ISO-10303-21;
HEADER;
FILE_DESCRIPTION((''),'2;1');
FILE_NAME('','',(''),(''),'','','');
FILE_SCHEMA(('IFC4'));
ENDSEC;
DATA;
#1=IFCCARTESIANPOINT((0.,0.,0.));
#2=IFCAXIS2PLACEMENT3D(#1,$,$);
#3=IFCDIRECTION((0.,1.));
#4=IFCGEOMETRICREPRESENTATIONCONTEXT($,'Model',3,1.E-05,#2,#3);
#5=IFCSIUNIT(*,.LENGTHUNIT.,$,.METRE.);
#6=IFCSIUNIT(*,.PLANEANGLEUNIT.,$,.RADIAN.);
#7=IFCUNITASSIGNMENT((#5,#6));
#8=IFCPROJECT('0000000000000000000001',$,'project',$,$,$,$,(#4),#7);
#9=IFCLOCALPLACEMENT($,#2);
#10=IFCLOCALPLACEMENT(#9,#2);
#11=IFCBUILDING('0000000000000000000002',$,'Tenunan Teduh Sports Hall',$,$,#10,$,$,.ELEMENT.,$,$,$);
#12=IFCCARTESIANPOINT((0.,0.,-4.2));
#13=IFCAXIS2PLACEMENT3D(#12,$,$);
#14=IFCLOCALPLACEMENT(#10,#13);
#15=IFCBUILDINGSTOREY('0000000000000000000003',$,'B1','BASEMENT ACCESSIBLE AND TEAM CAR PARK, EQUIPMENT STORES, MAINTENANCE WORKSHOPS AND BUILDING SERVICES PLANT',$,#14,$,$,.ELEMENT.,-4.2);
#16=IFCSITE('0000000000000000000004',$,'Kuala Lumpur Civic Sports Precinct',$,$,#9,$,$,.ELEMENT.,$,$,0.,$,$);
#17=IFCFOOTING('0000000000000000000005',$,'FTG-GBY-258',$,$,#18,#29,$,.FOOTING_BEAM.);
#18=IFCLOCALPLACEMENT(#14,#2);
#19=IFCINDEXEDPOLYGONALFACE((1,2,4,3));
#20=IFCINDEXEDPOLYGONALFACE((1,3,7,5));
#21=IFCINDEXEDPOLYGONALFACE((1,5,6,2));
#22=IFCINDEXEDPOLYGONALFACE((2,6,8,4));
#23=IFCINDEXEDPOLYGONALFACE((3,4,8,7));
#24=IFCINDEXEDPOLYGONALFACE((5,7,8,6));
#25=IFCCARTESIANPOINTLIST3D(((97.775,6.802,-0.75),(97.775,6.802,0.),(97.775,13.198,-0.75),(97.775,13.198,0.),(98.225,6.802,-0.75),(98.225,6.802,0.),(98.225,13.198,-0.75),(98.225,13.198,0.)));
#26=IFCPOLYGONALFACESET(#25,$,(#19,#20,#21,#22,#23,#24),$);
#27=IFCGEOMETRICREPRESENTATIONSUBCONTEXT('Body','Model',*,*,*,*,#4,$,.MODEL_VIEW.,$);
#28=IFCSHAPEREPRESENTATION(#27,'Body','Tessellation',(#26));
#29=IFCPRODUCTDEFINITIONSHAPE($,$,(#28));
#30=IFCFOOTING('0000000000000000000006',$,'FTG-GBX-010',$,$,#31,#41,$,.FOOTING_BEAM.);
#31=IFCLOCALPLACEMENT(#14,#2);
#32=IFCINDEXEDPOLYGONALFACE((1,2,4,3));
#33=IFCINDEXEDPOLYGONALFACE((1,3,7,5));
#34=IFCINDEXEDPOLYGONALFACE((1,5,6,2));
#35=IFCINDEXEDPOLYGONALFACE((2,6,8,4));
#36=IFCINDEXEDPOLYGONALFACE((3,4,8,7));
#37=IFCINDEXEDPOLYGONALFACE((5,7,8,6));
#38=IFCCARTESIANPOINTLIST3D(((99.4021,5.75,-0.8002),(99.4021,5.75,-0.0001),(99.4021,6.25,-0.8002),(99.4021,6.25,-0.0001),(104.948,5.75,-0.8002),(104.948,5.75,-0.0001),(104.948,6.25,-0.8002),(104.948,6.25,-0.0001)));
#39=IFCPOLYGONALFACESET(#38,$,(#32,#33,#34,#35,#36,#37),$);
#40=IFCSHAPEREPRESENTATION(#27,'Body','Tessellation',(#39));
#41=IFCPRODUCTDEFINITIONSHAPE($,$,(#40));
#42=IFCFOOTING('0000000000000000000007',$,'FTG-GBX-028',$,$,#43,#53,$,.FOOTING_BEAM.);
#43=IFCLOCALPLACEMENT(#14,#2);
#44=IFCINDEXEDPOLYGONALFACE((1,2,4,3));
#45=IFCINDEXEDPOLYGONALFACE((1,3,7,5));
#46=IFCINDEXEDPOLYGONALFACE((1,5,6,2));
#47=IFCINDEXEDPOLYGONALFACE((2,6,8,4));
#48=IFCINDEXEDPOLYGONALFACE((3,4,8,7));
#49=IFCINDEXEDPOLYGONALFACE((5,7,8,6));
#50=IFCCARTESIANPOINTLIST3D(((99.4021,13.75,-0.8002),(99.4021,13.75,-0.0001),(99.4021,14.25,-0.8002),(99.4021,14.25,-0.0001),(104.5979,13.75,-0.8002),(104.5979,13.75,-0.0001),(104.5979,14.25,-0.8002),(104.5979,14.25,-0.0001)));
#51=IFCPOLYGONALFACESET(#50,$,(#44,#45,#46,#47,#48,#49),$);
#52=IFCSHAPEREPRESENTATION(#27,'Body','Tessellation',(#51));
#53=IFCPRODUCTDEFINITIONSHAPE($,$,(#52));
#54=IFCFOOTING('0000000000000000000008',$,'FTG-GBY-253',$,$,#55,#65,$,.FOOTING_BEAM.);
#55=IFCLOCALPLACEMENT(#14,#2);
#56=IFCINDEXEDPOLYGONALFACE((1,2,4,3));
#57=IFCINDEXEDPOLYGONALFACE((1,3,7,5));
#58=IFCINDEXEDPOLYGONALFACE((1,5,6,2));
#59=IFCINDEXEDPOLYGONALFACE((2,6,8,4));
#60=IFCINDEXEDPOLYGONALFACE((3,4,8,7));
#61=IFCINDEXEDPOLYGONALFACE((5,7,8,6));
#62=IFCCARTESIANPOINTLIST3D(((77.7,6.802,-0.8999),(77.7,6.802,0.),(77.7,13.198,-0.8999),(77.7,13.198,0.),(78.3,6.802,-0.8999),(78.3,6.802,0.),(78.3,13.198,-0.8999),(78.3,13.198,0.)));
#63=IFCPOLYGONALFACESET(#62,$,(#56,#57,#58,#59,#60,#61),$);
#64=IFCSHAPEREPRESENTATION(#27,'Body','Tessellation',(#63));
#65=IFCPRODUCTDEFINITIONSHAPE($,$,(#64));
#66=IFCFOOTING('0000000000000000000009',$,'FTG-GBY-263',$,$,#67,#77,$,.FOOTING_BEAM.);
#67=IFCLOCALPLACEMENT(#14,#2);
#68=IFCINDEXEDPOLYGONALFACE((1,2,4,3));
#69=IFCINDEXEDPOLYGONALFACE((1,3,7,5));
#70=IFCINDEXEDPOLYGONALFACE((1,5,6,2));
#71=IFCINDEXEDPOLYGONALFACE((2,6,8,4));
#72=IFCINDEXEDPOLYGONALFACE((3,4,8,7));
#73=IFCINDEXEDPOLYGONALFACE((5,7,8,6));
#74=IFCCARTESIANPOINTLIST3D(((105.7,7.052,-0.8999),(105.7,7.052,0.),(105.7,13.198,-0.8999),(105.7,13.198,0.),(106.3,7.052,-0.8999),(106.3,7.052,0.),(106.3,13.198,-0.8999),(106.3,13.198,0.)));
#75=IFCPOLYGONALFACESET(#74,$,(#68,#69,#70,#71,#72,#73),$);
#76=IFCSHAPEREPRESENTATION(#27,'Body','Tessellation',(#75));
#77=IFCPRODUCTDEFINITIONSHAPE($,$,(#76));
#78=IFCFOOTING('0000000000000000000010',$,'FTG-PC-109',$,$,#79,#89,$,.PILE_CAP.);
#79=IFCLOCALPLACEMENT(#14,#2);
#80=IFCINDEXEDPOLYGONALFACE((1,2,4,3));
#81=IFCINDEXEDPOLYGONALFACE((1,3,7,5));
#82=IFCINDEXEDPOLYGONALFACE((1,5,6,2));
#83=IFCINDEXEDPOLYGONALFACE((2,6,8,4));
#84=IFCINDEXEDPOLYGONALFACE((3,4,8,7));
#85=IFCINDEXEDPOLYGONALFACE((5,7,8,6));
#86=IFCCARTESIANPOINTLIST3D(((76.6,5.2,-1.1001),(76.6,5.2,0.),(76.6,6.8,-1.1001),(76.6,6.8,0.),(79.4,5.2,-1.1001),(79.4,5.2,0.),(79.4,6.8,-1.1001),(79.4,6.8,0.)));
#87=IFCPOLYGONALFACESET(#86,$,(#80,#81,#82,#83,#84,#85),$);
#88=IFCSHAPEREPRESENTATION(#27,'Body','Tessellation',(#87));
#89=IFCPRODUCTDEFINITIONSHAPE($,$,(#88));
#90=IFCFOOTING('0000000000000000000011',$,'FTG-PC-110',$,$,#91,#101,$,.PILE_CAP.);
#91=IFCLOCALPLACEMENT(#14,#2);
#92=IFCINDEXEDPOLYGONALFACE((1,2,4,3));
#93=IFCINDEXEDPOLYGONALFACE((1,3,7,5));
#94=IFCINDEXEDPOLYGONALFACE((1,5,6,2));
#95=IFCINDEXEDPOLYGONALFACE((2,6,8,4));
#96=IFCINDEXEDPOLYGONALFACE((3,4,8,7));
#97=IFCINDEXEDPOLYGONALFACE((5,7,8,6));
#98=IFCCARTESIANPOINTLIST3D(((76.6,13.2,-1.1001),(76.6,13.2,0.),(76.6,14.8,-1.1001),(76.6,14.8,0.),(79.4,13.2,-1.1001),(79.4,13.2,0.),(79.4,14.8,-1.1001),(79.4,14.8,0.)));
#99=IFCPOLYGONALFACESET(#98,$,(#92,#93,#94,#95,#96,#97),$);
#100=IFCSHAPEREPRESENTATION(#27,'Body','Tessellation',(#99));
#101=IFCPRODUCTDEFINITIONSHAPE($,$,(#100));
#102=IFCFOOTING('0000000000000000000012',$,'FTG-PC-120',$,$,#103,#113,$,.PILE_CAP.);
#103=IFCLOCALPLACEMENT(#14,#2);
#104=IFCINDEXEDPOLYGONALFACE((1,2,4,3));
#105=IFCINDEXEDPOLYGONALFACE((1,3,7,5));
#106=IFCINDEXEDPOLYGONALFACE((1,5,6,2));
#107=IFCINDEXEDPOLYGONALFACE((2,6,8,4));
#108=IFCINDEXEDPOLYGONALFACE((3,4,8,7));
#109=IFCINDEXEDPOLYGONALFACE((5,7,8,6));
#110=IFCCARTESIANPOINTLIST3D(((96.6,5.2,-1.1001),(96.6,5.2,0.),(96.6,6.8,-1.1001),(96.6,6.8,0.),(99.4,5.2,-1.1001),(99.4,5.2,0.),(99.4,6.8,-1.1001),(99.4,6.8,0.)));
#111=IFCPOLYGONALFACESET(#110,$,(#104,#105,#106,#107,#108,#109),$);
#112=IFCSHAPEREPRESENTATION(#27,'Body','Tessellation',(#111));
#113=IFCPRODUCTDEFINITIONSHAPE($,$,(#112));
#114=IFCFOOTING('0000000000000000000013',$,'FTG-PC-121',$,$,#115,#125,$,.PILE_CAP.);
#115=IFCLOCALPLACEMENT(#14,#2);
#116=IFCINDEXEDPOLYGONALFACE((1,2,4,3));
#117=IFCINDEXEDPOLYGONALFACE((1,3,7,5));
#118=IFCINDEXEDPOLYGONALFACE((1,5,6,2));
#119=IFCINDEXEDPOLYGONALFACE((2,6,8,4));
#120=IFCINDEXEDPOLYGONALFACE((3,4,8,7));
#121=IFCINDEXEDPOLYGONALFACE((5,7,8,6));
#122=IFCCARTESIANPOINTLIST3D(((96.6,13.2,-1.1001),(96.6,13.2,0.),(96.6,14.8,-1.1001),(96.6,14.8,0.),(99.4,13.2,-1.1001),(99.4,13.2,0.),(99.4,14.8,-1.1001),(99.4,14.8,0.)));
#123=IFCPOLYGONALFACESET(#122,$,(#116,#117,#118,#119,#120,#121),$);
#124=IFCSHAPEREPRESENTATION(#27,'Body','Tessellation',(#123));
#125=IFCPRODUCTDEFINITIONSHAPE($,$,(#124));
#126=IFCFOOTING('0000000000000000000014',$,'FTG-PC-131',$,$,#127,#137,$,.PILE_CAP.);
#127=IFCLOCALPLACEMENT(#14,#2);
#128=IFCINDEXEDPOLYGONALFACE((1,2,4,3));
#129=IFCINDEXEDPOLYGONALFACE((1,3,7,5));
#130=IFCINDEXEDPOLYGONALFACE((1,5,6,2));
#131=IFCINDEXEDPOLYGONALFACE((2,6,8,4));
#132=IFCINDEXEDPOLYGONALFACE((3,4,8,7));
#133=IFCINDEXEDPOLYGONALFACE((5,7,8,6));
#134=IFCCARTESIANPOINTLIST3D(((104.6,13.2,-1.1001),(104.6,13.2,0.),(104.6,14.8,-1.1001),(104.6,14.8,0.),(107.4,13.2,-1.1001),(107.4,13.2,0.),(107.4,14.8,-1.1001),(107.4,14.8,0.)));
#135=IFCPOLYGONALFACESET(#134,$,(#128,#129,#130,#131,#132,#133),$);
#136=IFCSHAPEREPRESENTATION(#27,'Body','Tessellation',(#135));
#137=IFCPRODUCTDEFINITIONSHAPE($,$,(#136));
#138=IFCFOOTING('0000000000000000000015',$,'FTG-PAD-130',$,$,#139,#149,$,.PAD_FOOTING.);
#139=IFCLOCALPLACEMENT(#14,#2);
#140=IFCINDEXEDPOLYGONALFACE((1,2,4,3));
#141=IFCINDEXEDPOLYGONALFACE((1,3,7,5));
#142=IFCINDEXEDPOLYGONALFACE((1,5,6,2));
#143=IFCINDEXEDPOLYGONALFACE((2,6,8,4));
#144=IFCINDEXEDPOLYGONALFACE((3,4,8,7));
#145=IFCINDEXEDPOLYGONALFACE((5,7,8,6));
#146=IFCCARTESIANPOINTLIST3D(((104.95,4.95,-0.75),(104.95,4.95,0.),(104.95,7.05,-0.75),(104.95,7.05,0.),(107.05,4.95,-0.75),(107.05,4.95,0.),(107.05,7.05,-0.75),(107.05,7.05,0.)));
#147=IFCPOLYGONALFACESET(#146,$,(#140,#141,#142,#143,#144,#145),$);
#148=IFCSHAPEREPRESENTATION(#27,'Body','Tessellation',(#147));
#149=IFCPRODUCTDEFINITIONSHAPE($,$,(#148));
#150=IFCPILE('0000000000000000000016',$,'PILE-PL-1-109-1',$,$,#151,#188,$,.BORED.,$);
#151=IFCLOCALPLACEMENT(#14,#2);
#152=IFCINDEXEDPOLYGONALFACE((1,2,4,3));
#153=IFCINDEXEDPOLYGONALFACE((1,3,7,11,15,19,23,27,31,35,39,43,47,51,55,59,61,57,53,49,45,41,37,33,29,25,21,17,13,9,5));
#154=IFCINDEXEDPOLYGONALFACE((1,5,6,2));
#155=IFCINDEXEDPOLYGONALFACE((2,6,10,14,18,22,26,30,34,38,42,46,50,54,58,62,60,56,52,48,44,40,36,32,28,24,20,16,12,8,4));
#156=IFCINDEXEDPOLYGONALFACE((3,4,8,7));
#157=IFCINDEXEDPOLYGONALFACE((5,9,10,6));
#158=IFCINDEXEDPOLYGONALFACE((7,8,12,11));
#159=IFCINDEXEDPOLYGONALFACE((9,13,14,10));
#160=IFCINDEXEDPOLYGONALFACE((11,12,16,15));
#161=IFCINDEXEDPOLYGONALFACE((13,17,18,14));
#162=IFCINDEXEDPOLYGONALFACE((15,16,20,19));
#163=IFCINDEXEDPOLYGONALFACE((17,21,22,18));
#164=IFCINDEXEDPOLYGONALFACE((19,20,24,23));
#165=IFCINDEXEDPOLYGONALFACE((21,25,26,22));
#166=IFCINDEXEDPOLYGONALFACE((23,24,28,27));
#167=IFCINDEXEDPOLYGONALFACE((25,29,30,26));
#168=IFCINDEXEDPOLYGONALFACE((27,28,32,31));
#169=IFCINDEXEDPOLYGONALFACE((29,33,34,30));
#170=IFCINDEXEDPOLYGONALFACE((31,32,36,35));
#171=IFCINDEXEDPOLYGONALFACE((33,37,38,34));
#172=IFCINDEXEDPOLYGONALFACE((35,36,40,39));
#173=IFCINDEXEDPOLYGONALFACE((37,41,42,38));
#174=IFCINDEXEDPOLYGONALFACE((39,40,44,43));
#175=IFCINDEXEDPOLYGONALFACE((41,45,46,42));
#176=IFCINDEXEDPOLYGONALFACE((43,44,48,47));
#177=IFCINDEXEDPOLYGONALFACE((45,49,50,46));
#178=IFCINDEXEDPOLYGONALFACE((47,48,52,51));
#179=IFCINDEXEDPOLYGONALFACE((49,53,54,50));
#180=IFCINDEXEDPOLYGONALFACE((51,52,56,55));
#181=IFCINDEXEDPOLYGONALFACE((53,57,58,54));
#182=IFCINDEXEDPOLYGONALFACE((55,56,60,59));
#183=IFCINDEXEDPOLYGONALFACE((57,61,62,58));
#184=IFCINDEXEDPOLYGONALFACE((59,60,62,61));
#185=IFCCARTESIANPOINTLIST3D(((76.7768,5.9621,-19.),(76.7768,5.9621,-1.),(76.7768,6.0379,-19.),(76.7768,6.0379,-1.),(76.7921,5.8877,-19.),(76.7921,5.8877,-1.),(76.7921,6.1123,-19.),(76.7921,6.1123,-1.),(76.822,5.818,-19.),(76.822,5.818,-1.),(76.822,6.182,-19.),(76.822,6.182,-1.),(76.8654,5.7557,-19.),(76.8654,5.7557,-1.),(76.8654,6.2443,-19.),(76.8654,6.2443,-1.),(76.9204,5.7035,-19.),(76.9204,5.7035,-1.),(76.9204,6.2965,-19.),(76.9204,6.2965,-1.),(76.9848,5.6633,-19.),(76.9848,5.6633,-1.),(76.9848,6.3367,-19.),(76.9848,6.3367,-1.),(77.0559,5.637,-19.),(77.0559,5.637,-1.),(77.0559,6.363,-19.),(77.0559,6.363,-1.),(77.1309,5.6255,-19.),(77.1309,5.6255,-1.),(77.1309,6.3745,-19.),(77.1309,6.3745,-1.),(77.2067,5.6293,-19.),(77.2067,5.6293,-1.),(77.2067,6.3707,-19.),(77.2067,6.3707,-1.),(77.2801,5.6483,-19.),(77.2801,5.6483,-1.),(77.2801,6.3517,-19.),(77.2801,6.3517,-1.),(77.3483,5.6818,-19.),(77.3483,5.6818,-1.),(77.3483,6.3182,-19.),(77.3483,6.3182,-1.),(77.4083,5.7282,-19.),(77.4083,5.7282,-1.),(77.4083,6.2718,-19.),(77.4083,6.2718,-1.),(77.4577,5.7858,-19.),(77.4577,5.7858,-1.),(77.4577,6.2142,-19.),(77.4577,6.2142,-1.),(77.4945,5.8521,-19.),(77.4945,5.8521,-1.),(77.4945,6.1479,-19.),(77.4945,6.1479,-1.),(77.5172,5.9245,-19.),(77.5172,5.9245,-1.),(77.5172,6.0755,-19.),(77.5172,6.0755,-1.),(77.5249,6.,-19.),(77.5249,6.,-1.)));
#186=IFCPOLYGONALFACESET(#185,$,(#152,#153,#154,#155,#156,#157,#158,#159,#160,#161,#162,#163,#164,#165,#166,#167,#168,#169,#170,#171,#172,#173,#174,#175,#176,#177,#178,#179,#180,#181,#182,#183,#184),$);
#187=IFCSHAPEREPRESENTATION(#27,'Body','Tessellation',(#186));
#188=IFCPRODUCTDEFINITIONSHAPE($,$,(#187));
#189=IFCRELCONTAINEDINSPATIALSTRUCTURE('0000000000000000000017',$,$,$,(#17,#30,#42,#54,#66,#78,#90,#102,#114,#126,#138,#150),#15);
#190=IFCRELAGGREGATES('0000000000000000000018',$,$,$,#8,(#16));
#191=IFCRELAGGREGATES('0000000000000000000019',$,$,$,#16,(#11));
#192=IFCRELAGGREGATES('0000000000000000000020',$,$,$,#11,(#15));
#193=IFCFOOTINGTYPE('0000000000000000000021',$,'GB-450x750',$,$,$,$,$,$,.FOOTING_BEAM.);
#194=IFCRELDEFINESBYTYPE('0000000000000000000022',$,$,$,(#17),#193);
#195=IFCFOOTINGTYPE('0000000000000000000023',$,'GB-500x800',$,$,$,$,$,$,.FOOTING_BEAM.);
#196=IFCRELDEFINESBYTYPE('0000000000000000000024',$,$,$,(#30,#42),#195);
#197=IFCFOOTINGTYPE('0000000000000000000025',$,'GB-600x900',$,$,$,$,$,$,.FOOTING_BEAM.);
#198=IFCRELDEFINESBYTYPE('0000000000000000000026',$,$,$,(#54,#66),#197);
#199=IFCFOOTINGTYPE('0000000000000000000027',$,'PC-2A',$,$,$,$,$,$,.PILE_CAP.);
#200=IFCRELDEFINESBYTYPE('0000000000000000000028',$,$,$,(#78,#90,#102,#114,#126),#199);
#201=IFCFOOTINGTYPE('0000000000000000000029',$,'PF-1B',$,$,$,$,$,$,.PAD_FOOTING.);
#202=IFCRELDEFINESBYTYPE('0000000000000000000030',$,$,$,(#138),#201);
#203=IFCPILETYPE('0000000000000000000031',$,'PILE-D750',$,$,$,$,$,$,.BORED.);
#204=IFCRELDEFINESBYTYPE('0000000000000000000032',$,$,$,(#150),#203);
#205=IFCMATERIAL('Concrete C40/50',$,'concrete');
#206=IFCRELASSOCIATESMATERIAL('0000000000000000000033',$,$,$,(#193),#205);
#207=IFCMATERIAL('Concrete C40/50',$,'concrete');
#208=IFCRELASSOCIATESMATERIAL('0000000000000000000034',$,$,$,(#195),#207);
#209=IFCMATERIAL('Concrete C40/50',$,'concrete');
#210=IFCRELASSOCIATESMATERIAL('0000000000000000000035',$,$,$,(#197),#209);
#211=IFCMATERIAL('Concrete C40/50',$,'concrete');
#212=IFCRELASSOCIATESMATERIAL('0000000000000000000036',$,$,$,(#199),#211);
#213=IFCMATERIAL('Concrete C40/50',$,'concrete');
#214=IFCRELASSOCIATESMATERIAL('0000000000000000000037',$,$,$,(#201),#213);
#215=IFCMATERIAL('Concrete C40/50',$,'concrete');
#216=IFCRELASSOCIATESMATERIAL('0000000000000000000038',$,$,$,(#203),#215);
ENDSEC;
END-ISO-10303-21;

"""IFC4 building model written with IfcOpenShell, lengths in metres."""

from ifc_helpers import new_model, si_unit, direction, frame, origin, origin_2d, place, context, subcontext, project, spatial, rectangle, circle, extrude, material, material_profile, profile_set, type_object, element, save


model = new_model("IFC4")

# Units and contexts
model_context = context("Model", 3, precision=1e-05, world=origin(), true_north=direction((0.0, 1.0)))
body_context = subcontext(model_context, "Body", "Model", "MODEL_VIEW")
ifc_project = project(units=[si_unit("LENGTHUNIT", "METRE"), si_unit("PLANEANGLEUNIT", "RADIAN")], contexts=[model_context])

# Site, building, storey
site_placement = place(None, origin())
site = spatial("IfcSite", under=ifc_project, at=site_placement, Name="Kuala Lumpur Civic Sports Precinct", CompositionType="ELEMENT", RefElevation=0.0)
building_placement = place(site_placement, origin())
building = spatial("IfcBuilding", under=site, at=building_placement, Name="Tenunan Teduh Sports Hall", CompositionType="ELEMENT")
storey_placement = place(building_placement, frame((0.0, 0.0, -4.2)))
storey = spatial("IfcBuildingStorey", under=building, at=storey_placement, Name="B1", Description="BASEMENT ACCESSIBLE AND TEAM CAR PARK, EQUIPMENT STORES, MAINTENANCE WORKSHOPS AND BUILDING SERVICES PLANT", CompositionType="ELEMENT", Elevation=-4.2)

# Footings
ifc_material_1 = material(Name="Concrete C40/50", Category="concrete")
ifc_material_profile_1 = material_profile(ifc_material_1, rectangle(XDim=0.45, YDim=0.75, at=origin_2d()), Name="RCB 450x750")
ifc_profile_set_1 = profile_set([ifc_material_profile_1], Name="Concrete C40/50")
footing_type_1 = type_object("IfcFootingType", Name="GB-450x750", PredefinedType="FOOTING_BEAM", material=ifc_profile_set_1)
footing_1_placement = place(storey_placement, frame((98.0, 6.802, -0.375), z_axis=(0.0, 1.0, 0.0), x_axis=(-1.0, 0.0, 0.0)))
element("IfcFooting", 1, at=footing_1_placement, inside=storey, type_object=footing_type_1, Name="FTG-GBY-258", PredefinedType="FOOTING_BEAM", context=body_context, shape_type="SweptSolid", body=[
    extrude(rectangle(XDim=0.45, YDim=0.75, at=origin_2d()), origin(), (0.0, 0.0, 1.0), 6.396),
])
ifc_material_2 = material(Name="Concrete C40/50", Category="concrete")
ifc_material_profile_2 = material_profile(ifc_material_2, rectangle(XDim=0.5, YDim=0.8, at=origin_2d()), Name="RCB 500x800")
ifc_profile_set_2 = profile_set([ifc_material_profile_2], Name="Concrete C40/50")
footing_type_2 = type_object("IfcFootingType", Name="GB-500x800", PredefinedType="FOOTING_BEAM", material=ifc_profile_set_2)
footing_2_placement = place(storey_placement, frame((99.4021, 6.0, -0.4001), z_axis=(1.0, 0.0, 0.0), x_axis=(0.0, 1.0, 0.0)))
element("IfcFooting", 2, at=footing_2_placement, inside=storey, type_object=footing_type_2, Name="FTG-GBX-010", PredefinedType="FOOTING_BEAM", context=body_context, shape_type="SweptSolid", body=[
    extrude(rectangle(XDim=0.5, YDim=0.8, at=origin_2d()), origin(), (0.0, 0.0, 1.0), 5.5459),
])
footing_3_placement = place(storey_placement, frame((99.4021, 14.0, -0.4001), z_axis=(1.0, 0.0, 0.0), x_axis=(0.0, 1.0, 0.0)))
element("IfcFooting", 3, at=footing_3_placement, inside=storey, type_object=footing_type_2, Name="FTG-GBX-028", PredefinedType="FOOTING_BEAM", context=body_context, shape_type="SweptSolid", body=[
    extrude(rectangle(XDim=0.5, YDim=0.8, at=origin_2d()), origin(), (0.0, 0.0, 1.0), 5.1958),
])
ifc_material_3 = material(Name="Concrete C40/50", Category="concrete")
ifc_material_profile_3 = material_profile(ifc_material_3, rectangle(XDim=0.6001, YDim=0.8999, at=origin_2d()), Name="RCB 600x900")
ifc_profile_set_3 = profile_set([ifc_material_profile_3], Name="Concrete C40/50")
footing_type_3 = type_object("IfcFootingType", Name="GB-600x900", PredefinedType="FOOTING_BEAM", material=ifc_profile_set_3)
footing_4_placement = place(storey_placement, frame((78.0, 6.802, -0.45), z_axis=(0.0, 1.0, 0.0), x_axis=(-1.0, 0.0, 0.0)))
element("IfcFooting", 4, at=footing_4_placement, inside=storey, type_object=footing_type_3, Name="FTG-GBY-253", PredefinedType="FOOTING_BEAM", context=body_context, shape_type="SweptSolid", body=[
    extrude(rectangle(XDim=0.6001, YDim=0.8999, at=origin_2d()), origin(), (0.0, 0.0, 1.0), 6.396),
])
footing_5_placement = place(storey_placement, frame((106.0, 7.052, -0.45), z_axis=(0.0, 1.0, 0.0), x_axis=(-1.0, 0.0, 0.0)))
element("IfcFooting", 5, at=footing_5_placement, inside=storey, type_object=footing_type_3, Name="FTG-GBY-263", PredefinedType="FOOTING_BEAM", context=body_context, shape_type="SweptSolid", body=[
    extrude(rectangle(XDim=0.6001, YDim=0.8999, at=origin_2d()), origin(), (0.0, 0.0, 1.0), 6.146),
])
ifc_material_4 = material(Name="Concrete C40/50", Category="concrete")
footing_type_4 = type_object("IfcFootingType", Name="PC-2A", PredefinedType="PILE_CAP", material=ifc_material_4)
for number, where, z_axis, x_axis, name in (
    (6, (78.0, 6.0, -1.1001), (0.0, 0.0, 1.0), (1.0, 0.0, 0.0), "FTG-PC-109"),
    (7, (78.0, 14.0, -1.1001), (0.0, 0.0, 1.0), (1.0, 0.0, 0.0), "FTG-PC-110"),
    (8, (98.0, 6.0, -1.1001), (0.0, 0.0, 1.0), (1.0, 0.0, 0.0), "FTG-PC-120"),
    (9, (98.0, 14.0, -1.1001), (0.0, 0.0, 1.0), (1.0, 0.0, 0.0), "FTG-PC-121"),
    (10, (106.0, 14.0, -1.1001), (0.0, 0.0, 1.0), (1.0, 0.0, 0.0), "FTG-PC-131"),
):
    element("IfcFooting", number, at=place(storey_placement, frame(where, z_axis=z_axis, x_axis=x_axis)), inside=storey, type_object=footing_type_4, Name=name, PredefinedType="PILE_CAP", context=body_context, shape_type="SweptSolid", body=[
        extrude(rectangle(XDim=2.8, YDim=1.6001, at=origin_2d()), origin(), (0.0, 0.0, 1.0), 1.1001),
    ])
ifc_material_5 = material(Name="Concrete C40/50", Category="concrete")
footing_type_5 = type_object("IfcFootingType", Name="PF-1B", PredefinedType="PAD_FOOTING", material=ifc_material_5)
footing_6_placement = place(storey_placement, frame((106.0, 6.0, -0.75), z_axis=(0.0, 0.0, 1.0), x_axis=(1.0, 0.0, 0.0)))
element("IfcFooting", 11, at=footing_6_placement, inside=storey, type_object=footing_type_5, Name="FTG-PAD-130", PredefinedType="PAD_FOOTING", context=body_context, shape_type="SweptSolid", body=[
    extrude(rectangle(XDim=2.1001, YDim=2.1001, at=origin_2d()), origin(), (0.0, 0.0, 1.0), 0.75),
])

# Pile
ifc_material_6 = material(Name="Concrete C40/50", Category="concrete")
ifc_material_profile_4 = material_profile(ifc_material_6, circle(Radius=0.375, at=origin_2d()), Name="PILE D750")
ifc_profile_set_4 = profile_set([ifc_material_profile_4], Name="Concrete C40/50")
pile_type_1 = type_object("IfcPileType", Name="PILE-D750", PredefinedType="BORED", material=ifc_profile_set_4)
for number, where, z_axis, x_axis, name in (
    (12, (77.1499, 6.0, -1.0), (0.0, 0.0, -1.0), (1.0, 0.0, 0.0), "PILE-PL-1-109-1"),
):
    element("IfcPile", number, at=place(storey_placement, frame(where, z_axis=z_axis, x_axis=x_axis)), inside=storey, type_object=pile_type_1, Name=name, PredefinedType="BORED", context=body_context, shape_type="SweptSolid", body=[
        extrude(circle(Radius=0.375, at=origin_2d()), origin(), (0.0, 0.0, 1.0), 18.0),
    ])

save(model, "model.ifc")
